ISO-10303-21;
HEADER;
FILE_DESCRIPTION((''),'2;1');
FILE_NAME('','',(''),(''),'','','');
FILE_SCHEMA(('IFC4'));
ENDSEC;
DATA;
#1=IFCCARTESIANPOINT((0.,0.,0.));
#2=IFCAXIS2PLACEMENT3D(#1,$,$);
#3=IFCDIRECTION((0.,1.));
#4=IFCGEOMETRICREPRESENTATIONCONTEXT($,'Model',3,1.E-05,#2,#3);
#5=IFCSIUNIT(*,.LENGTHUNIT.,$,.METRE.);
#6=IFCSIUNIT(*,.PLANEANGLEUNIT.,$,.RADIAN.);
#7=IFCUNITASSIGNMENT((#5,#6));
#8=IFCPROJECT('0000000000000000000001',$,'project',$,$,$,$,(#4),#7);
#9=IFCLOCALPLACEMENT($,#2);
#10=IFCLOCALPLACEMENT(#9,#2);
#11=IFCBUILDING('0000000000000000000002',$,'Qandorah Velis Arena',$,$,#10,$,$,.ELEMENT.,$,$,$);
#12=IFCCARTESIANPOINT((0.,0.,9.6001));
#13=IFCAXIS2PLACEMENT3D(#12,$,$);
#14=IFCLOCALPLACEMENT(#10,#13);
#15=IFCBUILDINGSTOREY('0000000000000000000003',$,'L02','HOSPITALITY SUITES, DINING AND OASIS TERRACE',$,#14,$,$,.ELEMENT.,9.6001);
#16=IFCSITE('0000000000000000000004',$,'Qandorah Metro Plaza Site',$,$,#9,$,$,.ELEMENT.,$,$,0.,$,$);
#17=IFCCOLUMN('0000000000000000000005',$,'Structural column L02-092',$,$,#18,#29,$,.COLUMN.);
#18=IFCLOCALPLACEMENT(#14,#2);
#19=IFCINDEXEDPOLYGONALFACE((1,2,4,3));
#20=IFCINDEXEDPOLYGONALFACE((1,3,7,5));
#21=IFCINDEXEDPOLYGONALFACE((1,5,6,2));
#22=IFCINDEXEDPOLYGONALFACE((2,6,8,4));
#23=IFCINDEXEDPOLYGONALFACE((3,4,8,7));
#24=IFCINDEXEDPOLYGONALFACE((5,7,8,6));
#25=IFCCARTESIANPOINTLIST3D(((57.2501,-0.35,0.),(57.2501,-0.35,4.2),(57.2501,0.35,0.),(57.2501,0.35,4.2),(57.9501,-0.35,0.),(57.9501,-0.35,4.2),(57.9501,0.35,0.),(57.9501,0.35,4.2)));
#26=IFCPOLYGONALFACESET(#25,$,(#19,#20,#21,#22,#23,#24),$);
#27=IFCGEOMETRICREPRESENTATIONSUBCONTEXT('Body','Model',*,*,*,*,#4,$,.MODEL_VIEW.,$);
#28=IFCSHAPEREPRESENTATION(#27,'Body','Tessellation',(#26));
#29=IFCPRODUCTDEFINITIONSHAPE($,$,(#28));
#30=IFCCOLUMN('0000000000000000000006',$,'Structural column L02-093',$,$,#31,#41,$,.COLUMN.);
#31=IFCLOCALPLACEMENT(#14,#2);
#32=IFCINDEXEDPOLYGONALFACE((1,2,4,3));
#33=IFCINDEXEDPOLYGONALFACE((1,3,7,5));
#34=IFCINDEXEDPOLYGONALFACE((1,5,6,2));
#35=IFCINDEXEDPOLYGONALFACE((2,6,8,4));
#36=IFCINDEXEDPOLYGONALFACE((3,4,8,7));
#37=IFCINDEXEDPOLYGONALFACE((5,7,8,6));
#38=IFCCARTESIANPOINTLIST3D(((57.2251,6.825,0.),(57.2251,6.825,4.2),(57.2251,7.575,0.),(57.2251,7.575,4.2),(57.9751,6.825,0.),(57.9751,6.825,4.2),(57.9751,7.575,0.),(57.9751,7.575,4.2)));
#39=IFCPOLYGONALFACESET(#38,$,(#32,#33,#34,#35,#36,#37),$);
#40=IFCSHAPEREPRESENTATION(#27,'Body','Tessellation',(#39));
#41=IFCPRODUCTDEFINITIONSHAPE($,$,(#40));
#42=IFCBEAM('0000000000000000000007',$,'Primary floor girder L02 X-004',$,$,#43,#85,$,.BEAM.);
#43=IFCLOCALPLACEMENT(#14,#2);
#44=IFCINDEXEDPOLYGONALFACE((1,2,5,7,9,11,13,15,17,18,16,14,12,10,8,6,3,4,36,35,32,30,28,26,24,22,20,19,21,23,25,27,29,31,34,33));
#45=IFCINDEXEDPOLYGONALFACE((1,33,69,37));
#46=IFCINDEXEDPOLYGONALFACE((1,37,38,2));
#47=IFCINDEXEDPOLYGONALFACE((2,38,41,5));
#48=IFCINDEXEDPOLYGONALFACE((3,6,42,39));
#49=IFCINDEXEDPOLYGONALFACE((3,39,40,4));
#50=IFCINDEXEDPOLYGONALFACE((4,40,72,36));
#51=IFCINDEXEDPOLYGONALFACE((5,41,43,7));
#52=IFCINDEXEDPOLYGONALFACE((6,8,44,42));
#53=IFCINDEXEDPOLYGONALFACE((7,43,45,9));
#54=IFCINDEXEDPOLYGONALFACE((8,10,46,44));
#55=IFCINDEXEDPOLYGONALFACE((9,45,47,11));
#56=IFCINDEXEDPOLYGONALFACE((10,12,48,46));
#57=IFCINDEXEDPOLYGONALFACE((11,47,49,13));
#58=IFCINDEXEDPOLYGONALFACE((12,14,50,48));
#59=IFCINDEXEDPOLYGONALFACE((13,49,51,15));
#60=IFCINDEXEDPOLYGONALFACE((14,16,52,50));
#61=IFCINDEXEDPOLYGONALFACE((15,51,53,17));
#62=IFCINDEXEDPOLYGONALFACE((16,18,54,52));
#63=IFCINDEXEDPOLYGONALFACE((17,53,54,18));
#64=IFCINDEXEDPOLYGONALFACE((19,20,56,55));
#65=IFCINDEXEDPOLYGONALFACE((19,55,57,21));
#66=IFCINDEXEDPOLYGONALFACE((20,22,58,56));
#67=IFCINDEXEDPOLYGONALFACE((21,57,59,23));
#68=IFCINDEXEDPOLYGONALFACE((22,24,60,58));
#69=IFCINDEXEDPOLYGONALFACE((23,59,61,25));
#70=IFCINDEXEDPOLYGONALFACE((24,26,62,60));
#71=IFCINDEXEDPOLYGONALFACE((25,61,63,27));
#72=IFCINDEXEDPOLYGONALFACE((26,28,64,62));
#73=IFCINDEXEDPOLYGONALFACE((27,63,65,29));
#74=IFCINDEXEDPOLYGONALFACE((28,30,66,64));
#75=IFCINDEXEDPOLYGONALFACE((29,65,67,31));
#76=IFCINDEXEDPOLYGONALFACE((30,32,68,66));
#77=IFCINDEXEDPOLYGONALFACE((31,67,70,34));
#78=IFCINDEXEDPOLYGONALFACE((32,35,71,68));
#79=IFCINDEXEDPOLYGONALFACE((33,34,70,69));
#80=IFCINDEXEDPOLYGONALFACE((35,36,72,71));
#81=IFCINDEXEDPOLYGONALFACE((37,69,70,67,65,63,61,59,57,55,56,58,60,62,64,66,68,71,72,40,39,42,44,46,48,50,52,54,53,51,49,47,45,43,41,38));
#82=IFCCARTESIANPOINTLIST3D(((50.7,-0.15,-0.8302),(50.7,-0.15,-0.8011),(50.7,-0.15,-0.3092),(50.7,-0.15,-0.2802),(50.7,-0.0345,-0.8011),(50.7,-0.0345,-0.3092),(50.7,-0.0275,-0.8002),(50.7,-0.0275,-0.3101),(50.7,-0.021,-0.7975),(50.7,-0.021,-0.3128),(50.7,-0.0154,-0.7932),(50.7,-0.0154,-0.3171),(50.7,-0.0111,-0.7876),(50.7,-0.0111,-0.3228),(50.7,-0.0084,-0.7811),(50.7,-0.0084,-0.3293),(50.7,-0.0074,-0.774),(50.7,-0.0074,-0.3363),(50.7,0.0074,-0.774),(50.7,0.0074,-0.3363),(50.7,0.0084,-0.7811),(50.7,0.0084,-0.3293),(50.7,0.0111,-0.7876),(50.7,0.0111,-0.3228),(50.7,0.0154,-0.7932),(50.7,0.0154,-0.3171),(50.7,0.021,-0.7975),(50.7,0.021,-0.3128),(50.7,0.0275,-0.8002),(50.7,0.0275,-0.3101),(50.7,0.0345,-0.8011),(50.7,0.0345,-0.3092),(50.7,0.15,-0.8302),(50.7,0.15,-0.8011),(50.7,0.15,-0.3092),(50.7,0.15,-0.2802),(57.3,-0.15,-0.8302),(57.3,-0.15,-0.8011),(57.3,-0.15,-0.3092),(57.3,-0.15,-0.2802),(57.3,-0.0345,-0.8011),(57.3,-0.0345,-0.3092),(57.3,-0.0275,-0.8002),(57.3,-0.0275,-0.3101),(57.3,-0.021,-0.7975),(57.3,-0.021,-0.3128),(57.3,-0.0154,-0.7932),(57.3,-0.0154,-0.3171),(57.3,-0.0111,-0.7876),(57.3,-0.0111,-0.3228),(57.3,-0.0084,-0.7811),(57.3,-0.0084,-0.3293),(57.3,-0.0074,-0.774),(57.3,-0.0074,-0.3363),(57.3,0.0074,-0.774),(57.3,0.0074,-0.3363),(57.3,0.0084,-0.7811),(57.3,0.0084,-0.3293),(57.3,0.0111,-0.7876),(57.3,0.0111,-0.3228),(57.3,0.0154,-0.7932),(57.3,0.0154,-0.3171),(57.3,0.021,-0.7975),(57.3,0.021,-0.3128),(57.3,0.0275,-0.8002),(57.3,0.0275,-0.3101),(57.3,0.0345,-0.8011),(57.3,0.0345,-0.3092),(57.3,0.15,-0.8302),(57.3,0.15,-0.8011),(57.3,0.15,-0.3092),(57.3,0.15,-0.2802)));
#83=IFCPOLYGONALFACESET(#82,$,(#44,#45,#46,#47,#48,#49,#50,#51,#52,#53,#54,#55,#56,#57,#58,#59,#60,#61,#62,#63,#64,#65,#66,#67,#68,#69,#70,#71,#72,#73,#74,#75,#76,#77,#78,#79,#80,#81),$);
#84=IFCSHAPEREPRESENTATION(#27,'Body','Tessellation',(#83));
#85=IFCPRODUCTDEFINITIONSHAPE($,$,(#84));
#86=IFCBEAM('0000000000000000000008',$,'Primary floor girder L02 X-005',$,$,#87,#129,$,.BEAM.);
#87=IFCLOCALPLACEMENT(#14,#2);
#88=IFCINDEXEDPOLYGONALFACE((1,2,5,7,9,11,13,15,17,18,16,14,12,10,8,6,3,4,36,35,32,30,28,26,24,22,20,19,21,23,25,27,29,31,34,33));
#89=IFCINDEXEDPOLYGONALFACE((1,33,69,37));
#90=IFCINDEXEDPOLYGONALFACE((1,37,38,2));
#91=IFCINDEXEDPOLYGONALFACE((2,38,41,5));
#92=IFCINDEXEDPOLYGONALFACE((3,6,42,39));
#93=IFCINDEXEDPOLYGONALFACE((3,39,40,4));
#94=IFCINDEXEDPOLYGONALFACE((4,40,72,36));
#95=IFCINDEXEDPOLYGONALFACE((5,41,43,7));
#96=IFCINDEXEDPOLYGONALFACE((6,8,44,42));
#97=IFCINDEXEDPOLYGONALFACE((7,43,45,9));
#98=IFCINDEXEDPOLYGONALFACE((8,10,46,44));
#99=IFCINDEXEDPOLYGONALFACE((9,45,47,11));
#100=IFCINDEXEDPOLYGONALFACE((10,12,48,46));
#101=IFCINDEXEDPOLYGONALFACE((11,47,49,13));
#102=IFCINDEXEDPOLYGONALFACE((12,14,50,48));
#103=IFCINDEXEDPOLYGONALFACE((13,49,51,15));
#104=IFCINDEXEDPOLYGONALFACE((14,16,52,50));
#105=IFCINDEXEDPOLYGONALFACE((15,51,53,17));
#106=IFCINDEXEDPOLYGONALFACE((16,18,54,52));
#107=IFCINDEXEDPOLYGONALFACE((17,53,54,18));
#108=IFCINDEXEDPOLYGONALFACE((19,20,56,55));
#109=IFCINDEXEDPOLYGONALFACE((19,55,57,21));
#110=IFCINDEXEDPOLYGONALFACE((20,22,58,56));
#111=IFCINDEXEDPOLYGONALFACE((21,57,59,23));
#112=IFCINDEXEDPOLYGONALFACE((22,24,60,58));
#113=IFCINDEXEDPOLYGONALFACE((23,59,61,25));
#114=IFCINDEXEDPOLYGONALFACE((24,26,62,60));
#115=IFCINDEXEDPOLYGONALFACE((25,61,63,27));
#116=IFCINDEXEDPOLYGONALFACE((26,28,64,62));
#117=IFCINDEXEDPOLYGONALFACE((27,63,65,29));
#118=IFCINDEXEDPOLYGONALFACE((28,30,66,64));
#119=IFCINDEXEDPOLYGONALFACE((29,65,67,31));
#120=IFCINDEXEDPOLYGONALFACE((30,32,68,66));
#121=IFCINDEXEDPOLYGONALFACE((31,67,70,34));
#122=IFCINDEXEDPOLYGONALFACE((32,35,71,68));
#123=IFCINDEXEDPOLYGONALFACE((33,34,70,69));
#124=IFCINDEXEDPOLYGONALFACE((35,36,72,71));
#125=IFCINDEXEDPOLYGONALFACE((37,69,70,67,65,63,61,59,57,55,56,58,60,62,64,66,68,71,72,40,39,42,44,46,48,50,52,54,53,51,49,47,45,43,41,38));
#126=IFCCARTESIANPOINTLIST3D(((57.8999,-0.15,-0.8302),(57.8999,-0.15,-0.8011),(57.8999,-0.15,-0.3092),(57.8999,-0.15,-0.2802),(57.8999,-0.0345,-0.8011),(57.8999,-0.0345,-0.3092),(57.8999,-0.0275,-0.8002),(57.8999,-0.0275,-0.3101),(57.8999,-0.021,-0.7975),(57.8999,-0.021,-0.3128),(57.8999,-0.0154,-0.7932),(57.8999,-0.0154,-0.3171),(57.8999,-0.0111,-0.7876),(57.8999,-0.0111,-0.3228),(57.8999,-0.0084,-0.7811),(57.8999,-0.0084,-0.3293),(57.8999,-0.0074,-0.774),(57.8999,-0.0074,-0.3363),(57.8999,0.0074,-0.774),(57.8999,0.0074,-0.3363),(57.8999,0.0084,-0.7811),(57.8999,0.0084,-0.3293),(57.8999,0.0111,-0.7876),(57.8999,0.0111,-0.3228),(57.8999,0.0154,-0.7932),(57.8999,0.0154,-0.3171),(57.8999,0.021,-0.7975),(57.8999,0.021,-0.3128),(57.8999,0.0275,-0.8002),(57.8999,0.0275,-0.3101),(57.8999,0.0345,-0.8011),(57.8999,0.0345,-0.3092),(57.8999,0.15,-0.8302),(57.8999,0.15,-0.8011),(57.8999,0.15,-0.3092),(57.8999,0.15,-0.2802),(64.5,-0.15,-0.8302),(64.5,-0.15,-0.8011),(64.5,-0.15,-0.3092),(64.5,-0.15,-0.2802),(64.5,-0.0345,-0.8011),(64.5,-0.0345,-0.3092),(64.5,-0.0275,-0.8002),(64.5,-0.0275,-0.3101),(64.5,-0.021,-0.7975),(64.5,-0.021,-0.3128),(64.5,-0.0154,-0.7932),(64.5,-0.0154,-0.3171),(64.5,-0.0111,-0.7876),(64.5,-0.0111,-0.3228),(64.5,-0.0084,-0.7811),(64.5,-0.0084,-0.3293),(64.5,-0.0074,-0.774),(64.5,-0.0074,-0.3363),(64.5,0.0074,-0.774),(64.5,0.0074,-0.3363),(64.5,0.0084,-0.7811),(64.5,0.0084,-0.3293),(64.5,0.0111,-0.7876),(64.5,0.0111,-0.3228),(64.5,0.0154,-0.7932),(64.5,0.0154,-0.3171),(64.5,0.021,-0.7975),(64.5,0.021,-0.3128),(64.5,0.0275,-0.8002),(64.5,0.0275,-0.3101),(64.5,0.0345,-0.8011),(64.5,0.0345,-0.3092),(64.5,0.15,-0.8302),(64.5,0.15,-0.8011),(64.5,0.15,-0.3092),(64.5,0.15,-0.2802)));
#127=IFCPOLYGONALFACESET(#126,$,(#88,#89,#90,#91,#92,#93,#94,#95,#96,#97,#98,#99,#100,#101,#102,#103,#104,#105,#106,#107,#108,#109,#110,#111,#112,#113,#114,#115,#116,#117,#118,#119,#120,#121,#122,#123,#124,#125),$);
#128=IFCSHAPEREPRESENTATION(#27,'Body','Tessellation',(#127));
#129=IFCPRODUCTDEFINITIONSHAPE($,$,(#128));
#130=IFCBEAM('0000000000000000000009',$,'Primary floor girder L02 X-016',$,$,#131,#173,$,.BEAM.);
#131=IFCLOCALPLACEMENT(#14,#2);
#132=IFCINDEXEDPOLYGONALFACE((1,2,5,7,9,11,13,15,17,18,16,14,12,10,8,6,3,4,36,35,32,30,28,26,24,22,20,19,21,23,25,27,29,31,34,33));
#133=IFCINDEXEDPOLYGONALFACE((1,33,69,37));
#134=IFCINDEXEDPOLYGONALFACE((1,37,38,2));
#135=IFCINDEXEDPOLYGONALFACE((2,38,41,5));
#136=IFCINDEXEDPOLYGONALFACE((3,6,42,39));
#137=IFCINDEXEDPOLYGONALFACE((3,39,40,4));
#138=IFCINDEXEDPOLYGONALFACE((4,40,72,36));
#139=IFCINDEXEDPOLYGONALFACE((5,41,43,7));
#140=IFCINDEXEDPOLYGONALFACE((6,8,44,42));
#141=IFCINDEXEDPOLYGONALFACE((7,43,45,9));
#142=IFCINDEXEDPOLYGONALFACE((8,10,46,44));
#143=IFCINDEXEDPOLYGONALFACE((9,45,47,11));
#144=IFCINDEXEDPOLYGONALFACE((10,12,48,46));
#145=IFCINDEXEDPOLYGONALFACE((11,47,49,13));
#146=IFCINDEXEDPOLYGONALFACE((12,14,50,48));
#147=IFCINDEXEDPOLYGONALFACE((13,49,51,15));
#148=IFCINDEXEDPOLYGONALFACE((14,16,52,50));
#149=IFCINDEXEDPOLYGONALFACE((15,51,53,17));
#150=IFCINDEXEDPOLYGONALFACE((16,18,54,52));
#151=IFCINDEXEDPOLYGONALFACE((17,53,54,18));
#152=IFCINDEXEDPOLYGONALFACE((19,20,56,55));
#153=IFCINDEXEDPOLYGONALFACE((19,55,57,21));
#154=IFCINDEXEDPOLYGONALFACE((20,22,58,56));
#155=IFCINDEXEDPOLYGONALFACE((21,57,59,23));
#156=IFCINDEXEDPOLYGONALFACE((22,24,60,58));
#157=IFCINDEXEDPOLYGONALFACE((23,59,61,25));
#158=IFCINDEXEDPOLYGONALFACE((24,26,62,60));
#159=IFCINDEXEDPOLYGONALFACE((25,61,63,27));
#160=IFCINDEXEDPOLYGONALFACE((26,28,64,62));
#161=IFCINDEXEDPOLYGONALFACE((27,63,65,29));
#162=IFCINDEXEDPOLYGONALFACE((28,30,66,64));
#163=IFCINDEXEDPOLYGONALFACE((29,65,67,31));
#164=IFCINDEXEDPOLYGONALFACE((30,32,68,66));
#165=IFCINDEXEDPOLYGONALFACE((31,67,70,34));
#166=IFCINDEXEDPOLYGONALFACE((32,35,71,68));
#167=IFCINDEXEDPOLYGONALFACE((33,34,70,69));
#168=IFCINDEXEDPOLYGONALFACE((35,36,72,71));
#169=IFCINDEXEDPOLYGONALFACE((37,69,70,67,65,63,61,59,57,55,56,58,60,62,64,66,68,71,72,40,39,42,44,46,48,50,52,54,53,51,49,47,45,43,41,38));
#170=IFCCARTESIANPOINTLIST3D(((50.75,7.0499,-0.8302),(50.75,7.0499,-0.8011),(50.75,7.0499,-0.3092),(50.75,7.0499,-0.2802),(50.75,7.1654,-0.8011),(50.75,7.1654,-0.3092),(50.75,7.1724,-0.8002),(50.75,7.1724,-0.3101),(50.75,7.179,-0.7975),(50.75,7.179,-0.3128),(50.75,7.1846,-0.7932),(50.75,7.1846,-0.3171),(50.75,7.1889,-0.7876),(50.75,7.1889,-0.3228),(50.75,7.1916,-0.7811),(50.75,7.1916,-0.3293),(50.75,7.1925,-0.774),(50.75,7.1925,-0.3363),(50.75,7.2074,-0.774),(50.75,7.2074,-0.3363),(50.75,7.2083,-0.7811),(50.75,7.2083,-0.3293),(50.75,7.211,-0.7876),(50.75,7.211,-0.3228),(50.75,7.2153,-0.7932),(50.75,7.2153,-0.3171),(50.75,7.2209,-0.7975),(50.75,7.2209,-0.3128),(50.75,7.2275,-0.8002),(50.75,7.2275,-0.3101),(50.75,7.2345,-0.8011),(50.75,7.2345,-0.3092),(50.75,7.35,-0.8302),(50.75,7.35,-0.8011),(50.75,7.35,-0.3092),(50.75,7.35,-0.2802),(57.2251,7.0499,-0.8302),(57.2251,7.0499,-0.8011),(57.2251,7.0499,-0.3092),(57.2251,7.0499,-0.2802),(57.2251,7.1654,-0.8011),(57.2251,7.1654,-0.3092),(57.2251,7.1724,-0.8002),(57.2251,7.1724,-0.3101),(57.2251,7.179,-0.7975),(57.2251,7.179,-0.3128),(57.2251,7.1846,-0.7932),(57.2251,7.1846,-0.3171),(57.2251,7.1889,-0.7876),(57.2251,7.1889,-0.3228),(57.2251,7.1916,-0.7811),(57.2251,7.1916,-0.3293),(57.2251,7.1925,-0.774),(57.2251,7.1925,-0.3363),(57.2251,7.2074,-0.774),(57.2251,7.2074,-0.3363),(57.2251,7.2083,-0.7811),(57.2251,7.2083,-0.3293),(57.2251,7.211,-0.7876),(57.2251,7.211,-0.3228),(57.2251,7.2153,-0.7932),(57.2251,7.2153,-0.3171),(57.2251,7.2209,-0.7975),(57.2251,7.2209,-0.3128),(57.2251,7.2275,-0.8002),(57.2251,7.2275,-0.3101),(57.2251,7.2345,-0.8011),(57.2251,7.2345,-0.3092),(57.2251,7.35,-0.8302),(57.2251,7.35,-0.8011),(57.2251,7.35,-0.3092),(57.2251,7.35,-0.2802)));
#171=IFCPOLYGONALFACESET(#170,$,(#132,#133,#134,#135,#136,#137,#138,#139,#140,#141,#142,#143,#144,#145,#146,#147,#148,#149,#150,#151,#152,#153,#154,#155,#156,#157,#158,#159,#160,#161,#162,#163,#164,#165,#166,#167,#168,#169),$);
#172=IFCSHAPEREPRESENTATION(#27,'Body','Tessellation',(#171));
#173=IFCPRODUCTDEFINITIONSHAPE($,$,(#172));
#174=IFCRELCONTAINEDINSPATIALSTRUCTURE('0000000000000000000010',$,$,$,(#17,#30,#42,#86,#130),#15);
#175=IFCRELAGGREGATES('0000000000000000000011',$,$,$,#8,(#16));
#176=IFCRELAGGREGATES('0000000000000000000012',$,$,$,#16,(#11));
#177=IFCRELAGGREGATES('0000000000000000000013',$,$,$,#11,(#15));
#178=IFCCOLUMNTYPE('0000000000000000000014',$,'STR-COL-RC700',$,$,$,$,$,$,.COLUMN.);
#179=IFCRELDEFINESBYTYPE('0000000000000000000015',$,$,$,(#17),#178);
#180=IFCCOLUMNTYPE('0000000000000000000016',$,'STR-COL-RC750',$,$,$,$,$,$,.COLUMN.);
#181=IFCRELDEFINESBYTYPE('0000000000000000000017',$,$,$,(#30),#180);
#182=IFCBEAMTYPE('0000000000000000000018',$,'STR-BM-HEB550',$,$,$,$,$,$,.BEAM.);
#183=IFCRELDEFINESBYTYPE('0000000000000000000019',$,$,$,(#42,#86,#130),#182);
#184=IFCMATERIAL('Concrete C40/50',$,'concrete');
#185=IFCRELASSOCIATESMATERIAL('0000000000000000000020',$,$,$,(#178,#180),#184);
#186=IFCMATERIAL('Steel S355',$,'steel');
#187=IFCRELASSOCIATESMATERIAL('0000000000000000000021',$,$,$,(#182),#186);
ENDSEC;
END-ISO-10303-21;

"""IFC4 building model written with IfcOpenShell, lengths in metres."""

from ifc_helpers import new_model, si_unit, direction, frame, origin, origin_2d, place, context, subcontext, project, spatial, rectangle, i_section, extrude, material, material_profile, profile_set, type_object, element, save


model = new_model("IFC4")

# Units and contexts
model_context = context("Model", 3, precision=1e-05, world=origin(), true_north=direction((0.0, 1.0)))
body_context = subcontext(model_context, "Body", "Model", "MODEL_VIEW")
ifc_project = project(units=[si_unit("LENGTHUNIT", "METRE"), si_unit("PLANEANGLEUNIT", "RADIAN")], contexts=[model_context])

# Site, building, storey
site_placement = place(None, origin())
site = spatial("IfcSite", under=ifc_project, at=site_placement, Name="Qandorah Metro Plaza Site", CompositionType="ELEMENT", RefElevation=0.0)
building_placement = place(site_placement, origin())
building = spatial("IfcBuilding", under=site, at=building_placement, Name="Qandorah Velis Arena", CompositionType="ELEMENT")
storey_placement = place(building_placement, frame((0.0, 0.0, 9.6001)))
storey = spatial("IfcBuildingStorey", under=building, at=storey_placement, Name="L02", Description="HOSPITALITY SUITES, DINING AND OASIS TERRACE", CompositionType="ELEMENT", Elevation=9.6001)

# Columns
ifc_material_1 = material(Name="Concrete C40/50", Category="concrete")
ifc_material_profile_1 = material_profile(ifc_material_1, rectangle(XDim=0.7, YDim=0.7, at=origin_2d()), Name="RC COL 700x700")
ifc_profile_set_1 = profile_set([ifc_material_profile_1], Name="Concrete C40/50")
column_type_1 = type_object("IfcColumnType", Name="STR-COL-RC700", PredefinedType="COLUMN", material=ifc_profile_set_1)
column_1_placement = place(storey_placement, frame((57.6001, 0.0, 0.0), z_axis=(0.0, 0.0, 1.0), x_axis=(1.0, 0.0, 0.0)))
element("IfcColumn", 1, at=column_1_placement, inside=storey, type_object=column_type_1, Name="Structural column L02-092", PredefinedType="COLUMN", context=body_context, shape_type="SweptSolid", body=[
    extrude(rectangle(XDim=0.7, YDim=0.7, at=origin_2d()), origin(), (0.0, 0.0, 1.0), 4.2),
])
ifc_material_profile_2 = material_profile(ifc_material_1, rectangle(XDim=0.75, YDim=0.75, at=origin_2d()), Name="RC COL 750x750")
ifc_profile_set_2 = profile_set([ifc_material_profile_2], Name="Concrete C40/50")
column_type_2 = type_object("IfcColumnType", Name="STR-COL-RC750", PredefinedType="COLUMN", material=ifc_profile_set_2)
column_2_placement = place(storey_placement, frame((57.6001, 7.2, 0.0), z_axis=(0.0, 0.0, 1.0), x_axis=(1.0, 0.0, 0.0)))
element("IfcColumn", 2, at=column_2_placement, inside=storey, type_object=column_type_2, Name="Structural column L02-093", PredefinedType="COLUMN", context=body_context, shape_type="SweptSolid", body=[
    extrude(rectangle(XDim=0.75, YDim=0.75, at=origin_2d()), origin(), (0.0, 0.0, 1.0), 4.2),
])

# Beams
ifc_material_2 = material(Name="Steel S355", Category="steel")
ifc_material_profile_3 = material_profile(ifc_material_2, i_section(OverallWidth=0.3, OverallDepth=0.55, WebThickness=0.0149, FlangeThickness=0.0291, FilletRadius=0.0271, at=origin_2d()), Name="HEB 550")
ifc_profile_set_3 = profile_set([ifc_material_profile_3], Name="Steel S355")
beam_type = type_object("IfcBeamType", Name="STR-BM-HEB550", PredefinedType="BEAM", material=ifc_profile_set_3)
for number, where, z_axis, x_axis, name in (
    (3, (50.7, 0.0, -0.5552), (1.0, 0.0, 0.0), (0.0, 1.0, 0.0), "Primary floor girder L02 X-004"),
    (4, (57.8999, 0.0, -0.5552), (1.0, 0.0, 0.0), (0.0, 1.0, 0.0), "Primary floor girder L02 X-005"),
):
    element("IfcBeam", number, at=place(storey_placement, frame(where, z_axis=z_axis, x_axis=x_axis)), inside=storey, type_object=beam_type, Name=name, PredefinedType="BEAM", context=body_context, shape_type="SweptSolid", body=[
        extrude(i_section(OverallWidth=0.3, OverallDepth=0.55, WebThickness=0.0149, FlangeThickness=0.0291, FilletRadius=0.0271, at=origin_2d()), origin(), (0.0, 0.0, 1.0), 6.6001),
    ])
beam_1_placement = place(storey_placement, frame((50.75, 7.2, -0.5552), z_axis=(1.0, 0.0, 0.0), x_axis=(0.0, 1.0, 0.0)))
element("IfcBeam", 5, at=beam_1_placement, inside=storey, type_object=beam_type, Name="Primary floor girder L02 X-016", PredefinedType="BEAM", context=body_context, shape_type="SweptSolid", body=[
    extrude(i_section(OverallWidth=0.3, OverallDepth=0.55, WebThickness=0.0149, FlangeThickness=0.0291, FilletRadius=0.0271, at=origin_2d()), origin(), (0.0, 0.0, 1.0), 6.4751),
])

save(model, "model.ifc")
